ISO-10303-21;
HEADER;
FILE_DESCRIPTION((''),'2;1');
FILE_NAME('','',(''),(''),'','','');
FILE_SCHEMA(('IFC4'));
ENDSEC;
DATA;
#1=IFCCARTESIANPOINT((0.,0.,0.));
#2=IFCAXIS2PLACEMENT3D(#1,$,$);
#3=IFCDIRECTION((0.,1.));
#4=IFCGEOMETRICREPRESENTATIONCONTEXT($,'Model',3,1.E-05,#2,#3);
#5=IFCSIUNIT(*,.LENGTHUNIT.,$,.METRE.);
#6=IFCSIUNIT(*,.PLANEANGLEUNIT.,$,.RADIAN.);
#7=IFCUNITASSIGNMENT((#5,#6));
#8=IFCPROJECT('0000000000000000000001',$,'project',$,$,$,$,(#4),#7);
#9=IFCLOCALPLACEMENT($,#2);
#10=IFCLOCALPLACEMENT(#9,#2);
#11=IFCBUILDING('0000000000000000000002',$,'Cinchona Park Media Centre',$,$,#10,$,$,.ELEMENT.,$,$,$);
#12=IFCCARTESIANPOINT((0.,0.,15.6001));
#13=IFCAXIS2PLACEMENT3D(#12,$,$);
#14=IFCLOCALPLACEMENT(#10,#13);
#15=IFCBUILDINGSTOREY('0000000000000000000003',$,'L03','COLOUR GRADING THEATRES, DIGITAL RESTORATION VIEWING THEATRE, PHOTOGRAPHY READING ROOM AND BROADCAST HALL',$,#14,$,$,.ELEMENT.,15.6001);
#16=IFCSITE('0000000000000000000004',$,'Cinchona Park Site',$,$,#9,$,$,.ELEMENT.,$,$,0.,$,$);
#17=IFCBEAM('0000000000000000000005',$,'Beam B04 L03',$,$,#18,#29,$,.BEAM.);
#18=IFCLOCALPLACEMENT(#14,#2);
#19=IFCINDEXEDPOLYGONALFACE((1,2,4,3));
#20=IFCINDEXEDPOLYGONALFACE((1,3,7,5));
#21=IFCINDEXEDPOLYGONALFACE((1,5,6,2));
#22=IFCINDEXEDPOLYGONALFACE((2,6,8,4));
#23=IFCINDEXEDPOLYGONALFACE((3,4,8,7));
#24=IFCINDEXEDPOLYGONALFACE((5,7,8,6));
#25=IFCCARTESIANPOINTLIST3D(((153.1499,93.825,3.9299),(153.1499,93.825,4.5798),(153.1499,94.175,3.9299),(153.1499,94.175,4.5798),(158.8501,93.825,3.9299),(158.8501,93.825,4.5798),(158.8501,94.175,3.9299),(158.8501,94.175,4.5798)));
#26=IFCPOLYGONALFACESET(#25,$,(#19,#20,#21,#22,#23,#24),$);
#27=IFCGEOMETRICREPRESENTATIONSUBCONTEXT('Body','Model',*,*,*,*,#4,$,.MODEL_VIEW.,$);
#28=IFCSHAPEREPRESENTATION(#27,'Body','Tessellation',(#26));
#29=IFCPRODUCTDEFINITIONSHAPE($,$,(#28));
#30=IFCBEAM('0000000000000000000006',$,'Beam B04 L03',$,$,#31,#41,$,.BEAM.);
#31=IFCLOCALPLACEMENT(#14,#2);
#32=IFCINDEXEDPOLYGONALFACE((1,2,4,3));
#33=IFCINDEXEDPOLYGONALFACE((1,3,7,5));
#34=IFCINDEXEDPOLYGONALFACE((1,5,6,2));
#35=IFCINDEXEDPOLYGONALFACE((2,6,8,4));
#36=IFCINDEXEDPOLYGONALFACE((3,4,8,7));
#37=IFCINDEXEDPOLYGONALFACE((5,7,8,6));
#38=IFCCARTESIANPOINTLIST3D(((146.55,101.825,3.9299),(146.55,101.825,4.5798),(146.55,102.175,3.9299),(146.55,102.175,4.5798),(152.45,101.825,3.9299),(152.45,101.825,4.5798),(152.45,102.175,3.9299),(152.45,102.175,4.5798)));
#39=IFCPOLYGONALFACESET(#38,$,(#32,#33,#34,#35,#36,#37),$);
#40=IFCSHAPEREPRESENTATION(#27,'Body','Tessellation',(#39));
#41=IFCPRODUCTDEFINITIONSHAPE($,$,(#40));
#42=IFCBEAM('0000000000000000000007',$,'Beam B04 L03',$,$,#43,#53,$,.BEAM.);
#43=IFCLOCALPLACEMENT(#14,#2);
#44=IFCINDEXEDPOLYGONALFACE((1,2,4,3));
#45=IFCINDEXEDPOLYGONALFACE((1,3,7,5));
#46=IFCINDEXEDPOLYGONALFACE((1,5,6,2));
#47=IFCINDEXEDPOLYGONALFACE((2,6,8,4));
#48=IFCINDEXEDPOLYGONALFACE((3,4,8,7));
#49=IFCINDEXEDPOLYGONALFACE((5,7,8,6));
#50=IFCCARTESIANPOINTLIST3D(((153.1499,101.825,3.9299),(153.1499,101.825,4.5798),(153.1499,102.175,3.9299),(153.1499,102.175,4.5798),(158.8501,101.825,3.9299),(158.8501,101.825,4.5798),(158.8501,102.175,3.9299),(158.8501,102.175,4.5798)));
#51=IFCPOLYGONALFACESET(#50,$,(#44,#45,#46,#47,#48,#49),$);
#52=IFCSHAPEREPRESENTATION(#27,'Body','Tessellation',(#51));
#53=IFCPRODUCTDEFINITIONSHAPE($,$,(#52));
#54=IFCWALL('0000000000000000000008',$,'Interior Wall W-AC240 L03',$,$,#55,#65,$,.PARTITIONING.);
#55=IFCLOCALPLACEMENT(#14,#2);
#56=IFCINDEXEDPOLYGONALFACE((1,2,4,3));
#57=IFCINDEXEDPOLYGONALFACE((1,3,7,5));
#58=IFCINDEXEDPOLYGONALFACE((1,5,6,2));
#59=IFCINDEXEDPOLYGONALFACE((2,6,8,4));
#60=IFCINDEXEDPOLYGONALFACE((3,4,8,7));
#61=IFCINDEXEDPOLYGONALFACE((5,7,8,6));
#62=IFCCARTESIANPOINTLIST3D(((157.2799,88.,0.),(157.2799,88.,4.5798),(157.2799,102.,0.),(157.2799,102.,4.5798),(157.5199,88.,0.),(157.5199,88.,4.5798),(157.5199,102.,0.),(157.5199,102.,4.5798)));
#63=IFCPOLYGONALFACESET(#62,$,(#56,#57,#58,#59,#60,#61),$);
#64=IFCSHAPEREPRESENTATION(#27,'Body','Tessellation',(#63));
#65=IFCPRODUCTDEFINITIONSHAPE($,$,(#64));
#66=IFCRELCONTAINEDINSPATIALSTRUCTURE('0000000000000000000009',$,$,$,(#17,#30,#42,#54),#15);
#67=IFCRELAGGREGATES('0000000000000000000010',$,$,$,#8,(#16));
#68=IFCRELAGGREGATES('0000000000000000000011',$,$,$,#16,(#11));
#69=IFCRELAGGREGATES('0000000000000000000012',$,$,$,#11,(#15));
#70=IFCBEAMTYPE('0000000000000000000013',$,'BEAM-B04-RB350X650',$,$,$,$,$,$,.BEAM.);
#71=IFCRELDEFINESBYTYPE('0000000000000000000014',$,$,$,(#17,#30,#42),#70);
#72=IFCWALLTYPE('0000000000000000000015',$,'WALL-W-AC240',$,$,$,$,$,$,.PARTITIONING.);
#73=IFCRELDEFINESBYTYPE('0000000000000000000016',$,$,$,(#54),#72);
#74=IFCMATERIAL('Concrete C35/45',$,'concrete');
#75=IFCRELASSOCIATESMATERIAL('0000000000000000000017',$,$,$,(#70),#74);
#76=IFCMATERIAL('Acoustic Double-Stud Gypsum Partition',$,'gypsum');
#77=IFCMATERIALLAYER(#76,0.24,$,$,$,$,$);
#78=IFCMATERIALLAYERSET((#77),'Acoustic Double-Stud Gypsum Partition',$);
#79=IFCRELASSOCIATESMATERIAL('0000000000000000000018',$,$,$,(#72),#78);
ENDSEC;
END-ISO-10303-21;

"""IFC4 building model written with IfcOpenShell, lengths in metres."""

from ifc_helpers import new_model, si_unit, direction, frame, frame_2d, origin, origin_2d, place, context, subcontext, project, spatial, rectangle, extrude, material, layer, layer_set, material_profile, profile_set, type_object, element, save


model = new_model("IFC4")

# Units and contexts
model_context = context("Model", 3, precision=1e-05, world=origin(), true_north=direction((0.0, 1.0)))
body_context = subcontext(model_context, "Body", "Model", "MODEL_VIEW")
ifc_project = project(units=[si_unit("LENGTHUNIT", "METRE"), si_unit("PLANEANGLEUNIT", "RADIAN")], contexts=[model_context])

# Site, building, storey
site_placement = place(None, origin())
site = spatial("IfcSite", under=ifc_project, at=site_placement, Name="Cinchona Park Site", CompositionType="ELEMENT", RefElevation=0.0)
building_placement = place(site_placement, origin())
building = spatial("IfcBuilding", under=site, at=building_placement, Name="Cinchona Park Media Centre", CompositionType="ELEMENT")
storey_placement = place(building_placement, frame((0.0, 0.0, 15.6001)))
storey = spatial("IfcBuildingStorey", under=building, at=storey_placement, Name="L03", Description="COLOUR GRADING THEATRES, DIGITAL RESTORATION VIEWING THEATRE, PHOTOGRAPHY READING ROOM AND BROADCAST HALL", CompositionType="ELEMENT", Elevation=15.6001)

# Beams
ifc_material_1 = material(Name="Concrete C35/45", Category="concrete")
ifc_material_profile_1 = material_profile(ifc_material_1, rectangle(XDim=0.3501, YDim=0.6499, at=origin_2d()), Name="RB 350X650")
ifc_profile_set_1 = profile_set([ifc_material_profile_1], Name="Concrete C35/45")
beam_type_1 = type_object("IfcBeamType", Name="BEAM-B04-RB350X650", PredefinedType="BEAM", material=ifc_profile_set_1)
beam_1_placement = place(storey_placement, frame((153.1499, 94.0, 4.2549), z_axis=(1.0, 0.0, 0.0), x_axis=(0.0, 1.0, 0.0)))
element("IfcBeam", 1, at=beam_1_placement, inside=storey, type_object=beam_type_1, Name="Beam B04 L03", PredefinedType="BEAM", context=body_context, shape_type="SweptSolid", body=[
    extrude(rectangle(XDim=0.3501, YDim=0.6499, at=origin_2d()), origin(), (0.0, 0.0, 1.0), 5.7002),
])
beam_2_placement = place(storey_placement, frame((146.55, 102.0, 4.2549), z_axis=(1.0, 0.0, 0.0), x_axis=(0.0, 1.0, 0.0)))
element("IfcBeam", 2, at=beam_2_placement, inside=storey, type_object=beam_type_1, Name="Beam B04 L03", PredefinedType="BEAM", context=body_context, shape_type="SweptSolid", body=[
    extrude(rectangle(XDim=0.3501, YDim=0.6499, at=origin_2d()), origin(), (0.0, 0.0, 1.0), 5.8999),
])
beam_3_placement = place(storey_placement, frame((153.1499, 102.0, 4.2549), z_axis=(1.0, 0.0, 0.0), x_axis=(0.0, 1.0, 0.0)))
element("IfcBeam", 3, at=beam_3_placement, inside=storey, type_object=beam_type_1, Name="Beam B04 L03", PredefinedType="BEAM", context=body_context, shape_type="SweptSolid", body=[
    extrude(rectangle(XDim=0.3501, YDim=0.6499, at=origin_2d()), origin(), (0.0, 0.0, 1.0), 5.7002),
])

# Wall
ifc_material_2 = material(Name="Acoustic Double-Stud Gypsum Partition", Category="gypsum")
ifc_layer = layer(ifc_material_2, 0.24)
ifc_layer_set = layer_set([ifc_layer], Name="Acoustic Double-Stud Gypsum Partition")
wall_type = type_object("IfcWallType", Name="WALL-W-AC240", PredefinedType="PARTITIONING", material=ifc_layer_set)
wall_placement = place(storey_placement, frame((157.3999, 88.0, 0.0), z_axis=(0.0, 0.0, 1.0), x_axis=(0.0, 1.0, 0.0)))
element("IfcWall", 4, at=wall_placement, inside=storey, type_object=wall_type, Name="Interior Wall W-AC240 L03", PredefinedType="PARTITIONING", context=body_context, shape_type="SweptSolid", body=[
    extrude(rectangle(XDim=14.0, YDim=0.24, at=frame_2d((7.0, 0.0))), origin(), (0.0, 0.0, 1.0), 4.5798),
])

save(model, "model.ifc")
